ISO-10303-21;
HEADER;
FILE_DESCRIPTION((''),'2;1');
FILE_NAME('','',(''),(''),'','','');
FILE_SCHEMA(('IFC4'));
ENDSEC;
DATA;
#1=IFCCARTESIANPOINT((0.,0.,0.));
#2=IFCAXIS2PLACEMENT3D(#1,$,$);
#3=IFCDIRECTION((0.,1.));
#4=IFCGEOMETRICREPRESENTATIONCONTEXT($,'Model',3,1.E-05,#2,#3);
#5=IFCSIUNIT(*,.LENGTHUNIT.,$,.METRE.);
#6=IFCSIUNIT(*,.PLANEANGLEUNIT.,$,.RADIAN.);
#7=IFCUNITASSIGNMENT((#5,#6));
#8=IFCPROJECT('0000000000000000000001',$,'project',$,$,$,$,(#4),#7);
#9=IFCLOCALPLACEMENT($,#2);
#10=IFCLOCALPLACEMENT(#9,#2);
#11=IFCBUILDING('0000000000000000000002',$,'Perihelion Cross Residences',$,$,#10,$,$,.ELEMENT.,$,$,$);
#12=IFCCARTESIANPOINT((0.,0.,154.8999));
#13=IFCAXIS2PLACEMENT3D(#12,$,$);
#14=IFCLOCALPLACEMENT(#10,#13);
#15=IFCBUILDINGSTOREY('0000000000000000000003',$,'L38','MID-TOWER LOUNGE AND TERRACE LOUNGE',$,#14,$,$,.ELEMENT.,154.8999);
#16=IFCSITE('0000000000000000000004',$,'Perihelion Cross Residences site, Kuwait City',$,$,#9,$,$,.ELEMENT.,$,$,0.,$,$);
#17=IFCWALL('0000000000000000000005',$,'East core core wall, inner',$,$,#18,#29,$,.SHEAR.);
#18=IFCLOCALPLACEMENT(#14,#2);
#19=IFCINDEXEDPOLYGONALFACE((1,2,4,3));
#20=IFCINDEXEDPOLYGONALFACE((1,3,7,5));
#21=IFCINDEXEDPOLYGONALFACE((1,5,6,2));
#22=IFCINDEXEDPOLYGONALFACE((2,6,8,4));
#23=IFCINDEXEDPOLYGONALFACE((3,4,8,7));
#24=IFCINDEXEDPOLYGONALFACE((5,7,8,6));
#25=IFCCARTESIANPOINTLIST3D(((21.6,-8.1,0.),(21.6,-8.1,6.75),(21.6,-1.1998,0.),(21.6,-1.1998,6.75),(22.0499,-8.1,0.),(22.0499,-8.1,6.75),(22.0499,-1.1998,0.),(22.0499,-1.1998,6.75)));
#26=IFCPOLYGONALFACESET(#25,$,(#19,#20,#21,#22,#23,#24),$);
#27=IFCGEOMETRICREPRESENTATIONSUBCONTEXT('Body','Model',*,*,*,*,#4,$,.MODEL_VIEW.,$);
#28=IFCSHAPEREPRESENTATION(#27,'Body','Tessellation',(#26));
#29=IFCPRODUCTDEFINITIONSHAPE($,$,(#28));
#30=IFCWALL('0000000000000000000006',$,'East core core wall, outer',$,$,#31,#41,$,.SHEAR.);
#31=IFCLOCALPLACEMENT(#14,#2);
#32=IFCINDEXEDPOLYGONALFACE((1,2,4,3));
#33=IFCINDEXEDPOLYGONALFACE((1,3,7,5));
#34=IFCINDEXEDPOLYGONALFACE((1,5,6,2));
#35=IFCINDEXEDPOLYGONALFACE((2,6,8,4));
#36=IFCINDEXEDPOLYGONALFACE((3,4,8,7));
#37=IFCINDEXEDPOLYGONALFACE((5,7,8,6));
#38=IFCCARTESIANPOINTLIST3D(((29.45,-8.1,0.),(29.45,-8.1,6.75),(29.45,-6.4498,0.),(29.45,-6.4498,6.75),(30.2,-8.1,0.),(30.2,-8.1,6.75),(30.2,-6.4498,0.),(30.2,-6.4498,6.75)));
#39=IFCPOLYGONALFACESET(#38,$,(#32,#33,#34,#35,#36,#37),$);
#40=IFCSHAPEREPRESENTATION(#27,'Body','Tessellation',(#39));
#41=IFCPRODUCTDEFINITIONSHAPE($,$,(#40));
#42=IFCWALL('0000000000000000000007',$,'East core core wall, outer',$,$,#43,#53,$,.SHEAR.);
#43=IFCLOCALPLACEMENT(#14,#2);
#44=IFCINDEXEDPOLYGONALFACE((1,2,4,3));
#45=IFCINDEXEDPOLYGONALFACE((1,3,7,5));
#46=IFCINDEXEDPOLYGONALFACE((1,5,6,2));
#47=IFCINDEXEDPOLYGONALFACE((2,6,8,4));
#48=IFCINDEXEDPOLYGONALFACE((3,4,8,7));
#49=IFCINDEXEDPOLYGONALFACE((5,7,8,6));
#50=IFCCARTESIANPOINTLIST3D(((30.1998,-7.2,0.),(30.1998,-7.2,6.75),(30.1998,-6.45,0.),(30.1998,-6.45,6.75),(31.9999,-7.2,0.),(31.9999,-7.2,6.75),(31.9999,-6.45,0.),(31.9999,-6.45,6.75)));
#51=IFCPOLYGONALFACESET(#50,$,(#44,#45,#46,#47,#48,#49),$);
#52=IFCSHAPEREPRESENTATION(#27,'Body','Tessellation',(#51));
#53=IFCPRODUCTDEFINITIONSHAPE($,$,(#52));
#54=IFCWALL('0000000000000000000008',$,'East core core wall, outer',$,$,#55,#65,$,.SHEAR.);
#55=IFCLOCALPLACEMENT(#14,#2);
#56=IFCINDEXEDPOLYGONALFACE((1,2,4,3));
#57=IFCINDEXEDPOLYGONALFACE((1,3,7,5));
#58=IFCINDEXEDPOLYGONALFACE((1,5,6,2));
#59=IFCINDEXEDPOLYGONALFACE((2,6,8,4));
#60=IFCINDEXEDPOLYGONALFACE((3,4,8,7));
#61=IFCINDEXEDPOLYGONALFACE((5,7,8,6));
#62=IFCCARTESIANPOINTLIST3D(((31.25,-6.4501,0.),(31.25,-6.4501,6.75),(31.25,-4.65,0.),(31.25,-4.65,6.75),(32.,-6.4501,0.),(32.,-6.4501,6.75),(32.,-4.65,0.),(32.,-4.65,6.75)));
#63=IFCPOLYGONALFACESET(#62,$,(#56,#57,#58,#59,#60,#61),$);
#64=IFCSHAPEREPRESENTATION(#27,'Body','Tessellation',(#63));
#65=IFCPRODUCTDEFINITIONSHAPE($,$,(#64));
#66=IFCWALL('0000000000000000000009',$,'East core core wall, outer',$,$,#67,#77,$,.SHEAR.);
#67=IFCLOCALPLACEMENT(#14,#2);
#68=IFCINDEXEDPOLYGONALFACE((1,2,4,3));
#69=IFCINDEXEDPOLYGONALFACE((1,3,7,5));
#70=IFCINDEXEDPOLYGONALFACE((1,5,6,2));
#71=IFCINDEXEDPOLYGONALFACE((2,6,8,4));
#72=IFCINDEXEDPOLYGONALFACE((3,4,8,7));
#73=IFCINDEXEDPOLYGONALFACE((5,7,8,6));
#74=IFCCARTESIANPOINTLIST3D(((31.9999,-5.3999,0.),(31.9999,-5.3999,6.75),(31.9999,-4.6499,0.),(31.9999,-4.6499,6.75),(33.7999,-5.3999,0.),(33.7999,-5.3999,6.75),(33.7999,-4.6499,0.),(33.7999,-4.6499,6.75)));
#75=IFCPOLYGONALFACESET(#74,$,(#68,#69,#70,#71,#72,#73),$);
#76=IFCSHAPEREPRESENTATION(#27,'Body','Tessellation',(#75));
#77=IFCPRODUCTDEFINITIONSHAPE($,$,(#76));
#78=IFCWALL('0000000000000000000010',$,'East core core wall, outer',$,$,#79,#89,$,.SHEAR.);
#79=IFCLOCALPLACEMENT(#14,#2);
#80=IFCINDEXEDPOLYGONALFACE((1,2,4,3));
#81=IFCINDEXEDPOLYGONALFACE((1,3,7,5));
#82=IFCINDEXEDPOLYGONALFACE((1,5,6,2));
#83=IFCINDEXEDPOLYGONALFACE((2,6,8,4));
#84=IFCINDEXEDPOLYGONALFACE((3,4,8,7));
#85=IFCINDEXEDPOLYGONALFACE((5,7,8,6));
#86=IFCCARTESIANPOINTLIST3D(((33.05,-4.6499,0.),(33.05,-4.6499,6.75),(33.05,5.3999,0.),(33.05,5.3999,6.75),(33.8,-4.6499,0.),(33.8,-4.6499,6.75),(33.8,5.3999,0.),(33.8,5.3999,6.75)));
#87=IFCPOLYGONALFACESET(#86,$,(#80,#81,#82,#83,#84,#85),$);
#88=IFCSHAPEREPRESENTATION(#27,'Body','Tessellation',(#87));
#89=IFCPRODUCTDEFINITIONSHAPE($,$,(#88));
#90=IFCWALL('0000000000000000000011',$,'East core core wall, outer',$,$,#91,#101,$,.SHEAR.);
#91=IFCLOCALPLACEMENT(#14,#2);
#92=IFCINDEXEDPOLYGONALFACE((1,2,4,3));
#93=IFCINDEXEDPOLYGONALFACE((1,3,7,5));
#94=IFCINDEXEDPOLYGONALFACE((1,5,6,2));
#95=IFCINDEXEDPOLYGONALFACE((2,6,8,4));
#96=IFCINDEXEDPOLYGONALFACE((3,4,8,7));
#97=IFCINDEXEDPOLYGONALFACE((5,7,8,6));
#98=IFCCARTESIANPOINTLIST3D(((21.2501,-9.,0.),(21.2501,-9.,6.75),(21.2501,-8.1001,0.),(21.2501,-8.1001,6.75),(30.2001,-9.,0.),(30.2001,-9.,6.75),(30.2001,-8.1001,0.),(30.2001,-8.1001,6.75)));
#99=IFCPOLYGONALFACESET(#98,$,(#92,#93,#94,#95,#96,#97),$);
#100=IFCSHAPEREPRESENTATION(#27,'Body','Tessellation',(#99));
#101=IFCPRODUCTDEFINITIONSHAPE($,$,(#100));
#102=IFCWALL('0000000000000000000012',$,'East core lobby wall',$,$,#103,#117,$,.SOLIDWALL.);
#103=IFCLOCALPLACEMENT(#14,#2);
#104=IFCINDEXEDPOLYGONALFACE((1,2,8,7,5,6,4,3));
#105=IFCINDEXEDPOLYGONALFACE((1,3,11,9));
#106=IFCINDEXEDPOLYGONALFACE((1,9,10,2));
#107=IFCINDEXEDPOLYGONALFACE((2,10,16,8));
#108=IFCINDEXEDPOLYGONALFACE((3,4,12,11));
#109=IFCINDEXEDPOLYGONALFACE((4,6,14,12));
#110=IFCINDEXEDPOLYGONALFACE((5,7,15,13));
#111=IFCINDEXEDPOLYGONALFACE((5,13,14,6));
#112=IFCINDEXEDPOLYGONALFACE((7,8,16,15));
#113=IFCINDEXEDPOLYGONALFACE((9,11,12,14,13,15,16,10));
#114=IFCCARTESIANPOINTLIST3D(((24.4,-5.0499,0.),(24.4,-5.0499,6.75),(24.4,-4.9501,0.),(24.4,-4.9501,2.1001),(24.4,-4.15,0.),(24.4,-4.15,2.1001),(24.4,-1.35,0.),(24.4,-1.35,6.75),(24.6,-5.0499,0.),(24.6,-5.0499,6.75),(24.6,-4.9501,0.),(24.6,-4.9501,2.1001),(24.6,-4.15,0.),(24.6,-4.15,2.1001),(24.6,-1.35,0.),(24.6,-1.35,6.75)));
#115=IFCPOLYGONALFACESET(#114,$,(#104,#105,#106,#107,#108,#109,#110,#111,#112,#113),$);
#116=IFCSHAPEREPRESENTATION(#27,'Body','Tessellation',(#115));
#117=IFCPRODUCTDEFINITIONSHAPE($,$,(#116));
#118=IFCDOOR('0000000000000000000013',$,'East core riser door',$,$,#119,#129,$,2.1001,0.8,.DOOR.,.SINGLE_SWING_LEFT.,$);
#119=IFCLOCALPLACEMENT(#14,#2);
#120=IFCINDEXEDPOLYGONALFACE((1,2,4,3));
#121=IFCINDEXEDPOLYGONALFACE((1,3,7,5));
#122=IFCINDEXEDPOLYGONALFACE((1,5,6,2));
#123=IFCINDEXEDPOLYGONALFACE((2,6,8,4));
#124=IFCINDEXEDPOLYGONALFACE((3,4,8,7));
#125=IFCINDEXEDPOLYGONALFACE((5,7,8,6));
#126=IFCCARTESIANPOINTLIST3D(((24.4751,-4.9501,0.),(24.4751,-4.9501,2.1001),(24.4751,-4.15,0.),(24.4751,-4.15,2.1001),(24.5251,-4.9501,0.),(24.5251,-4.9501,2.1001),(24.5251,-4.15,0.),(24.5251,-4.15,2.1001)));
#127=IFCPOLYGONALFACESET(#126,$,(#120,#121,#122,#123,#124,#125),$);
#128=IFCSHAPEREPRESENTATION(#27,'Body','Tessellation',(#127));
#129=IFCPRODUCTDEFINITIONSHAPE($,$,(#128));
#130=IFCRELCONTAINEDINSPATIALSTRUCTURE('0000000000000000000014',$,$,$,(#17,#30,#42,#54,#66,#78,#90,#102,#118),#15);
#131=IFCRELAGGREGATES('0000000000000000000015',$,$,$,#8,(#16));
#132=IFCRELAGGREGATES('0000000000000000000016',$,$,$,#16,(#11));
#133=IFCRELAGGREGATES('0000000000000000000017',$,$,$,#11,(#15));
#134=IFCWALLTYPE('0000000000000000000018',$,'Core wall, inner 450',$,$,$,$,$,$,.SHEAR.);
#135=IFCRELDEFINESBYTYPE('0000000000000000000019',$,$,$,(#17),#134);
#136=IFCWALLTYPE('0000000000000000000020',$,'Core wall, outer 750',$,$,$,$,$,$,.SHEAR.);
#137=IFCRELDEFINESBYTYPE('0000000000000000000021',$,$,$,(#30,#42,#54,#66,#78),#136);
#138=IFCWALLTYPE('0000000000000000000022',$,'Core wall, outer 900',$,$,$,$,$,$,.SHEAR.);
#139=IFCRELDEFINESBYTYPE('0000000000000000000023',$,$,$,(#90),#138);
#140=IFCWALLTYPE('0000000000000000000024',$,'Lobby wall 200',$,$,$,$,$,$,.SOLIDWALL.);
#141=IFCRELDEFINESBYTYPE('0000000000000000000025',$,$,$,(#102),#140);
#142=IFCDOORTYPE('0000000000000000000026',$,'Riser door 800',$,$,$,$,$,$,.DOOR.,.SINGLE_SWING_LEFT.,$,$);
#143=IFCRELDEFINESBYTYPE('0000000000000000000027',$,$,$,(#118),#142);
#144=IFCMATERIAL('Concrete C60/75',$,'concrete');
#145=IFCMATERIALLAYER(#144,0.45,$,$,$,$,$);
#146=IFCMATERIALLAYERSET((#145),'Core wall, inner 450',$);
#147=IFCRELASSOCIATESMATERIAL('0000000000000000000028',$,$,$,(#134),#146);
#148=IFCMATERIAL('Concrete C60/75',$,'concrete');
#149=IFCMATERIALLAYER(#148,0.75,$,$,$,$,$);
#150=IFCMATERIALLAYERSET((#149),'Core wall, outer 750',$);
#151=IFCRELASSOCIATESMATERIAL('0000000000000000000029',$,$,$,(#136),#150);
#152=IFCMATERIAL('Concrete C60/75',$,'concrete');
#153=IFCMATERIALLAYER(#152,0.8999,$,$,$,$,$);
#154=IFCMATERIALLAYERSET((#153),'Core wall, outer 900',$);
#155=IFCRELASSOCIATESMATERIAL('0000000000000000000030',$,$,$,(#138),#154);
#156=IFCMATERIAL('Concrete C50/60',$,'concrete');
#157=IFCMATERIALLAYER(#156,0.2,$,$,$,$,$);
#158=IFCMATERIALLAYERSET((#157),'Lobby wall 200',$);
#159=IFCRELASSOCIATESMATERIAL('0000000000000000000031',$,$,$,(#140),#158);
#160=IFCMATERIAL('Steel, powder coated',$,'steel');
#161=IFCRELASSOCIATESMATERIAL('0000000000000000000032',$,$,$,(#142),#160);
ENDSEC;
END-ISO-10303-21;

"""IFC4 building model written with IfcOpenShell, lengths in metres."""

from ifc_helpers import new_model, si_unit, direction, frame, frame_2d, origin, place, context, subcontext, project, spatial, rectangle, extrude, material, layer, layer_set, type_object, element, fill, save


model = new_model("IFC4")

# Units and contexts
model_context = context("Model", 3, precision=1e-05, world=origin(), true_north=direction((0.0, 1.0)))
body_context = subcontext(model_context, "Body", "Model", "MODEL_VIEW")
ifc_project = project(units=[si_unit("LENGTHUNIT", "METRE"), si_unit("PLANEANGLEUNIT", "RADIAN")], contexts=[model_context])

# Site, building, storey
site_placement = place(None, origin())
site = spatial("IfcSite", under=ifc_project, at=site_placement, Name="Perihelion Cross Residences site, Kuwait City", CompositionType="ELEMENT", RefElevation=0.0)
building_placement = place(site_placement, origin())
building = spatial("IfcBuilding", under=site, at=building_placement, Name="Perihelion Cross Residences", CompositionType="ELEMENT")
storey_placement = place(building_placement, frame((0.0, 0.0, 154.8999)))
storey = spatial("IfcBuildingStorey", under=building, at=storey_placement, Name="L38", Description="MID-TOWER LOUNGE AND TERRACE LOUNGE", CompositionType="ELEMENT", Elevation=154.8999)

# Walls
ifc_material_1 = material(Name="Concrete C60/75", Category="concrete")
ifc_layer_1 = layer(ifc_material_1, 0.45)
ifc_layer_set_1 = layer_set([ifc_layer_1], Name="Core wall, inner 450")
wall_type_1 = type_object("IfcWallType", Name="Core wall, inner 450", PredefinedType="SHEAR", material=ifc_layer_set_1)
wall_1_placement = place(storey_placement, frame((21.825, -8.1001, 0.0), z_axis=(0.0, 0.0, 1.0), x_axis=(0.0, 1.0, 0.0)))
element("IfcWall", 1, at=wall_1_placement, inside=storey, type_object=wall_type_1, Name="East core core wall, inner", PredefinedType="SHEAR", context=body_context, shape_type="SweptSolid", body=[
    extrude(rectangle(XDim=6.9001, YDim=0.45, at=frame_2d((3.4502, 0.0))), origin(), (0.0, 0.0, 1.0), 6.75),
])
ifc_material_2 = material(Name="Concrete C60/75", Category="concrete")
ifc_layer_2 = layer(ifc_material_2, 0.75)
ifc_layer_set_2 = layer_set([ifc_layer_2], Name="Core wall, outer 750")
wall_type_2 = type_object("IfcWallType", Name="Core wall, outer 750", PredefinedType="SHEAR", material=ifc_layer_set_2)
wall_2_placement = place(storey_placement, frame((29.825, -8.1001, 0.0), z_axis=(0.0, 0.0, 1.0), x_axis=(0.0, 1.0, 0.0)))
element("IfcWall", 2, at=wall_2_placement, inside=storey, type_object=wall_type_2, Name="East core core wall, outer", PredefinedType="SHEAR", context=body_context, shape_type="SweptSolid", body=[
    extrude(rectangle(XDim=1.6501, YDim=0.75, at=frame_2d((0.8252, 0.0))), origin(), (0.0, 0.0, 1.0), 6.75),
])
for number, where, z_axis, x_axis, name in (
    (3, (30.2, -6.825, 0.0), (0.0, 0.0, 1.0), (1.0, 0.0, 0.0), "East core core wall, outer"),
    (4, (31.625, -6.45, 0.0), (0.0, 0.0, 1.0), (0.0, 1.0, 0.0), "East core core wall, outer"),
    (5, (32.0, -5.0249, 0.0), (0.0, 0.0, 1.0), (1.0, 0.0, 0.0), "East core core wall, outer"),
):
    element("IfcWall", number, at=place(storey_placement, frame(where, z_axis=z_axis, x_axis=x_axis)), inside=storey, type_object=wall_type_2, Name=name, PredefinedType="SHEAR", context=body_context, shape_type="SweptSolid", body=[
        extrude(rectangle(XDim=1.8, YDim=0.75, at=frame_2d((0.8999, 0.0))), origin(), (0.0, 0.0, 1.0), 6.75),
    ])
wall_3_placement = place(storey_placement, frame((33.425, -4.6499, 0.0), z_axis=(0.0, 0.0, 1.0), x_axis=(0.0, 1.0, 0.0)))
element("IfcWall", 6, at=wall_3_placement, inside=storey, type_object=wall_type_2, Name="East core core wall, outer", PredefinedType="SHEAR", context=body_context, shape_type="SweptSolid", body=[
    extrude(rectangle(XDim=10.0498, YDim=0.75, at=frame_2d((5.0249, 0.0))), origin(), (0.0, 0.0, 1.0), 6.75),
])
ifc_material_3 = material(Name="Concrete C60/75", Category="concrete")
ifc_layer_3 = layer(ifc_material_3, 0.8999)
ifc_layer_set_3 = layer_set([ifc_layer_3], Name="Core wall, outer 900")
wall_type_3 = type_object("IfcWallType", Name="Core wall, outer 900", PredefinedType="SHEAR", material=ifc_layer_set_3)
wall_4_placement = place(storey_placement, frame((21.25, -8.55, 0.0), z_axis=(0.0, 0.0, 1.0), x_axis=(1.0, 0.0, 0.0)))
element("IfcWall", 7, at=wall_4_placement, inside=storey, type_object=wall_type_3, Name="East core core wall, outer", PredefinedType="SHEAR", context=body_context, shape_type="SweptSolid", body=[
    extrude(rectangle(XDim=8.95, YDim=0.8999, at=frame_2d((4.4751, 0.0))), origin(), (0.0, 0.0, 1.0), 6.75),
])

# Wall, opening, door
ifc_material_4 = material(Name="Concrete C50/60", Category="concrete")
ifc_layer_4 = layer(ifc_material_4, 0.2)
ifc_layer_set_4 = layer_set([ifc_layer_4], Name="Lobby wall 200")
wall_type_4 = type_object("IfcWallType", Name="Lobby wall 200", PredefinedType="SOLIDWALL", material=ifc_layer_set_4)
wall_5_placement = place(storey_placement, frame((24.5, -5.05, 0.0), z_axis=(0.0, 0.0, 1.0), x_axis=(0.0, 1.0, 0.0)))
wall_5 = element("IfcWall", 8, at=wall_5_placement, inside=storey, type_object=wall_type_4, Name="East core lobby wall", PredefinedType="SOLIDWALL", context=body_context, shape_type="SweptSolid", body=[
    extrude(rectangle(XDim=3.7, YDim=0.2, at=frame_2d((1.8501, 0.0))), origin(), (0.0, 0.0, 1.0), 6.75),
])
opening_1_placement = place(wall_5_placement, frame((0.1001, 0.0, 0.0)))
opening_1 = element("IfcOpeningElement", 9, at=opening_1_placement, cuts=wall_5, PredefinedType="OPENING", context=body_context, shape_type="SweptSolid", body=[
    extrude(rectangle(XDim=0.8, YDim=2.1001, at=frame_2d((0.3999, 1.05))), frame((0.0, 0.1099, 0.0), z_axis=(0.0, -1.0, 0.0), x_axis=(1.0, 0.0, 0.0)), (0.0, 0.0, 1.0), 0.22),
])
ifc_material_5 = material(Name="Steel, powder coated", Category="steel")
door_type_1 = type_object("IfcDoorType", Name="Riser door 800", OperationType="SINGLE_SWING_LEFT", PredefinedType="DOOR", material=ifc_material_5)
door_1_placement = place(opening_1_placement, origin())
door_1 = element("IfcDoor", 10, at=door_1_placement, inside=storey, type_object=door_type_1, Name="East core riser door", OperationType="SINGLE_SWING_LEFT", OverallHeight=2.1001, OverallWidth=0.8, PredefinedType="DOOR", context=body_context, shape_type="SweptSolid", body=[
    extrude(rectangle(XDim=0.8, YDim=2.1001, at=frame_2d((0.3999, 1.05))), frame((0.0, 0.0249, 0.0), z_axis=(0.0, -1.0, 0.0), x_axis=(1.0, 0.0, 0.0)), (0.0, 0.0, 1.0), 0.05),
])
fill(opening_1, door_1)

save(model, "model.ifc")
